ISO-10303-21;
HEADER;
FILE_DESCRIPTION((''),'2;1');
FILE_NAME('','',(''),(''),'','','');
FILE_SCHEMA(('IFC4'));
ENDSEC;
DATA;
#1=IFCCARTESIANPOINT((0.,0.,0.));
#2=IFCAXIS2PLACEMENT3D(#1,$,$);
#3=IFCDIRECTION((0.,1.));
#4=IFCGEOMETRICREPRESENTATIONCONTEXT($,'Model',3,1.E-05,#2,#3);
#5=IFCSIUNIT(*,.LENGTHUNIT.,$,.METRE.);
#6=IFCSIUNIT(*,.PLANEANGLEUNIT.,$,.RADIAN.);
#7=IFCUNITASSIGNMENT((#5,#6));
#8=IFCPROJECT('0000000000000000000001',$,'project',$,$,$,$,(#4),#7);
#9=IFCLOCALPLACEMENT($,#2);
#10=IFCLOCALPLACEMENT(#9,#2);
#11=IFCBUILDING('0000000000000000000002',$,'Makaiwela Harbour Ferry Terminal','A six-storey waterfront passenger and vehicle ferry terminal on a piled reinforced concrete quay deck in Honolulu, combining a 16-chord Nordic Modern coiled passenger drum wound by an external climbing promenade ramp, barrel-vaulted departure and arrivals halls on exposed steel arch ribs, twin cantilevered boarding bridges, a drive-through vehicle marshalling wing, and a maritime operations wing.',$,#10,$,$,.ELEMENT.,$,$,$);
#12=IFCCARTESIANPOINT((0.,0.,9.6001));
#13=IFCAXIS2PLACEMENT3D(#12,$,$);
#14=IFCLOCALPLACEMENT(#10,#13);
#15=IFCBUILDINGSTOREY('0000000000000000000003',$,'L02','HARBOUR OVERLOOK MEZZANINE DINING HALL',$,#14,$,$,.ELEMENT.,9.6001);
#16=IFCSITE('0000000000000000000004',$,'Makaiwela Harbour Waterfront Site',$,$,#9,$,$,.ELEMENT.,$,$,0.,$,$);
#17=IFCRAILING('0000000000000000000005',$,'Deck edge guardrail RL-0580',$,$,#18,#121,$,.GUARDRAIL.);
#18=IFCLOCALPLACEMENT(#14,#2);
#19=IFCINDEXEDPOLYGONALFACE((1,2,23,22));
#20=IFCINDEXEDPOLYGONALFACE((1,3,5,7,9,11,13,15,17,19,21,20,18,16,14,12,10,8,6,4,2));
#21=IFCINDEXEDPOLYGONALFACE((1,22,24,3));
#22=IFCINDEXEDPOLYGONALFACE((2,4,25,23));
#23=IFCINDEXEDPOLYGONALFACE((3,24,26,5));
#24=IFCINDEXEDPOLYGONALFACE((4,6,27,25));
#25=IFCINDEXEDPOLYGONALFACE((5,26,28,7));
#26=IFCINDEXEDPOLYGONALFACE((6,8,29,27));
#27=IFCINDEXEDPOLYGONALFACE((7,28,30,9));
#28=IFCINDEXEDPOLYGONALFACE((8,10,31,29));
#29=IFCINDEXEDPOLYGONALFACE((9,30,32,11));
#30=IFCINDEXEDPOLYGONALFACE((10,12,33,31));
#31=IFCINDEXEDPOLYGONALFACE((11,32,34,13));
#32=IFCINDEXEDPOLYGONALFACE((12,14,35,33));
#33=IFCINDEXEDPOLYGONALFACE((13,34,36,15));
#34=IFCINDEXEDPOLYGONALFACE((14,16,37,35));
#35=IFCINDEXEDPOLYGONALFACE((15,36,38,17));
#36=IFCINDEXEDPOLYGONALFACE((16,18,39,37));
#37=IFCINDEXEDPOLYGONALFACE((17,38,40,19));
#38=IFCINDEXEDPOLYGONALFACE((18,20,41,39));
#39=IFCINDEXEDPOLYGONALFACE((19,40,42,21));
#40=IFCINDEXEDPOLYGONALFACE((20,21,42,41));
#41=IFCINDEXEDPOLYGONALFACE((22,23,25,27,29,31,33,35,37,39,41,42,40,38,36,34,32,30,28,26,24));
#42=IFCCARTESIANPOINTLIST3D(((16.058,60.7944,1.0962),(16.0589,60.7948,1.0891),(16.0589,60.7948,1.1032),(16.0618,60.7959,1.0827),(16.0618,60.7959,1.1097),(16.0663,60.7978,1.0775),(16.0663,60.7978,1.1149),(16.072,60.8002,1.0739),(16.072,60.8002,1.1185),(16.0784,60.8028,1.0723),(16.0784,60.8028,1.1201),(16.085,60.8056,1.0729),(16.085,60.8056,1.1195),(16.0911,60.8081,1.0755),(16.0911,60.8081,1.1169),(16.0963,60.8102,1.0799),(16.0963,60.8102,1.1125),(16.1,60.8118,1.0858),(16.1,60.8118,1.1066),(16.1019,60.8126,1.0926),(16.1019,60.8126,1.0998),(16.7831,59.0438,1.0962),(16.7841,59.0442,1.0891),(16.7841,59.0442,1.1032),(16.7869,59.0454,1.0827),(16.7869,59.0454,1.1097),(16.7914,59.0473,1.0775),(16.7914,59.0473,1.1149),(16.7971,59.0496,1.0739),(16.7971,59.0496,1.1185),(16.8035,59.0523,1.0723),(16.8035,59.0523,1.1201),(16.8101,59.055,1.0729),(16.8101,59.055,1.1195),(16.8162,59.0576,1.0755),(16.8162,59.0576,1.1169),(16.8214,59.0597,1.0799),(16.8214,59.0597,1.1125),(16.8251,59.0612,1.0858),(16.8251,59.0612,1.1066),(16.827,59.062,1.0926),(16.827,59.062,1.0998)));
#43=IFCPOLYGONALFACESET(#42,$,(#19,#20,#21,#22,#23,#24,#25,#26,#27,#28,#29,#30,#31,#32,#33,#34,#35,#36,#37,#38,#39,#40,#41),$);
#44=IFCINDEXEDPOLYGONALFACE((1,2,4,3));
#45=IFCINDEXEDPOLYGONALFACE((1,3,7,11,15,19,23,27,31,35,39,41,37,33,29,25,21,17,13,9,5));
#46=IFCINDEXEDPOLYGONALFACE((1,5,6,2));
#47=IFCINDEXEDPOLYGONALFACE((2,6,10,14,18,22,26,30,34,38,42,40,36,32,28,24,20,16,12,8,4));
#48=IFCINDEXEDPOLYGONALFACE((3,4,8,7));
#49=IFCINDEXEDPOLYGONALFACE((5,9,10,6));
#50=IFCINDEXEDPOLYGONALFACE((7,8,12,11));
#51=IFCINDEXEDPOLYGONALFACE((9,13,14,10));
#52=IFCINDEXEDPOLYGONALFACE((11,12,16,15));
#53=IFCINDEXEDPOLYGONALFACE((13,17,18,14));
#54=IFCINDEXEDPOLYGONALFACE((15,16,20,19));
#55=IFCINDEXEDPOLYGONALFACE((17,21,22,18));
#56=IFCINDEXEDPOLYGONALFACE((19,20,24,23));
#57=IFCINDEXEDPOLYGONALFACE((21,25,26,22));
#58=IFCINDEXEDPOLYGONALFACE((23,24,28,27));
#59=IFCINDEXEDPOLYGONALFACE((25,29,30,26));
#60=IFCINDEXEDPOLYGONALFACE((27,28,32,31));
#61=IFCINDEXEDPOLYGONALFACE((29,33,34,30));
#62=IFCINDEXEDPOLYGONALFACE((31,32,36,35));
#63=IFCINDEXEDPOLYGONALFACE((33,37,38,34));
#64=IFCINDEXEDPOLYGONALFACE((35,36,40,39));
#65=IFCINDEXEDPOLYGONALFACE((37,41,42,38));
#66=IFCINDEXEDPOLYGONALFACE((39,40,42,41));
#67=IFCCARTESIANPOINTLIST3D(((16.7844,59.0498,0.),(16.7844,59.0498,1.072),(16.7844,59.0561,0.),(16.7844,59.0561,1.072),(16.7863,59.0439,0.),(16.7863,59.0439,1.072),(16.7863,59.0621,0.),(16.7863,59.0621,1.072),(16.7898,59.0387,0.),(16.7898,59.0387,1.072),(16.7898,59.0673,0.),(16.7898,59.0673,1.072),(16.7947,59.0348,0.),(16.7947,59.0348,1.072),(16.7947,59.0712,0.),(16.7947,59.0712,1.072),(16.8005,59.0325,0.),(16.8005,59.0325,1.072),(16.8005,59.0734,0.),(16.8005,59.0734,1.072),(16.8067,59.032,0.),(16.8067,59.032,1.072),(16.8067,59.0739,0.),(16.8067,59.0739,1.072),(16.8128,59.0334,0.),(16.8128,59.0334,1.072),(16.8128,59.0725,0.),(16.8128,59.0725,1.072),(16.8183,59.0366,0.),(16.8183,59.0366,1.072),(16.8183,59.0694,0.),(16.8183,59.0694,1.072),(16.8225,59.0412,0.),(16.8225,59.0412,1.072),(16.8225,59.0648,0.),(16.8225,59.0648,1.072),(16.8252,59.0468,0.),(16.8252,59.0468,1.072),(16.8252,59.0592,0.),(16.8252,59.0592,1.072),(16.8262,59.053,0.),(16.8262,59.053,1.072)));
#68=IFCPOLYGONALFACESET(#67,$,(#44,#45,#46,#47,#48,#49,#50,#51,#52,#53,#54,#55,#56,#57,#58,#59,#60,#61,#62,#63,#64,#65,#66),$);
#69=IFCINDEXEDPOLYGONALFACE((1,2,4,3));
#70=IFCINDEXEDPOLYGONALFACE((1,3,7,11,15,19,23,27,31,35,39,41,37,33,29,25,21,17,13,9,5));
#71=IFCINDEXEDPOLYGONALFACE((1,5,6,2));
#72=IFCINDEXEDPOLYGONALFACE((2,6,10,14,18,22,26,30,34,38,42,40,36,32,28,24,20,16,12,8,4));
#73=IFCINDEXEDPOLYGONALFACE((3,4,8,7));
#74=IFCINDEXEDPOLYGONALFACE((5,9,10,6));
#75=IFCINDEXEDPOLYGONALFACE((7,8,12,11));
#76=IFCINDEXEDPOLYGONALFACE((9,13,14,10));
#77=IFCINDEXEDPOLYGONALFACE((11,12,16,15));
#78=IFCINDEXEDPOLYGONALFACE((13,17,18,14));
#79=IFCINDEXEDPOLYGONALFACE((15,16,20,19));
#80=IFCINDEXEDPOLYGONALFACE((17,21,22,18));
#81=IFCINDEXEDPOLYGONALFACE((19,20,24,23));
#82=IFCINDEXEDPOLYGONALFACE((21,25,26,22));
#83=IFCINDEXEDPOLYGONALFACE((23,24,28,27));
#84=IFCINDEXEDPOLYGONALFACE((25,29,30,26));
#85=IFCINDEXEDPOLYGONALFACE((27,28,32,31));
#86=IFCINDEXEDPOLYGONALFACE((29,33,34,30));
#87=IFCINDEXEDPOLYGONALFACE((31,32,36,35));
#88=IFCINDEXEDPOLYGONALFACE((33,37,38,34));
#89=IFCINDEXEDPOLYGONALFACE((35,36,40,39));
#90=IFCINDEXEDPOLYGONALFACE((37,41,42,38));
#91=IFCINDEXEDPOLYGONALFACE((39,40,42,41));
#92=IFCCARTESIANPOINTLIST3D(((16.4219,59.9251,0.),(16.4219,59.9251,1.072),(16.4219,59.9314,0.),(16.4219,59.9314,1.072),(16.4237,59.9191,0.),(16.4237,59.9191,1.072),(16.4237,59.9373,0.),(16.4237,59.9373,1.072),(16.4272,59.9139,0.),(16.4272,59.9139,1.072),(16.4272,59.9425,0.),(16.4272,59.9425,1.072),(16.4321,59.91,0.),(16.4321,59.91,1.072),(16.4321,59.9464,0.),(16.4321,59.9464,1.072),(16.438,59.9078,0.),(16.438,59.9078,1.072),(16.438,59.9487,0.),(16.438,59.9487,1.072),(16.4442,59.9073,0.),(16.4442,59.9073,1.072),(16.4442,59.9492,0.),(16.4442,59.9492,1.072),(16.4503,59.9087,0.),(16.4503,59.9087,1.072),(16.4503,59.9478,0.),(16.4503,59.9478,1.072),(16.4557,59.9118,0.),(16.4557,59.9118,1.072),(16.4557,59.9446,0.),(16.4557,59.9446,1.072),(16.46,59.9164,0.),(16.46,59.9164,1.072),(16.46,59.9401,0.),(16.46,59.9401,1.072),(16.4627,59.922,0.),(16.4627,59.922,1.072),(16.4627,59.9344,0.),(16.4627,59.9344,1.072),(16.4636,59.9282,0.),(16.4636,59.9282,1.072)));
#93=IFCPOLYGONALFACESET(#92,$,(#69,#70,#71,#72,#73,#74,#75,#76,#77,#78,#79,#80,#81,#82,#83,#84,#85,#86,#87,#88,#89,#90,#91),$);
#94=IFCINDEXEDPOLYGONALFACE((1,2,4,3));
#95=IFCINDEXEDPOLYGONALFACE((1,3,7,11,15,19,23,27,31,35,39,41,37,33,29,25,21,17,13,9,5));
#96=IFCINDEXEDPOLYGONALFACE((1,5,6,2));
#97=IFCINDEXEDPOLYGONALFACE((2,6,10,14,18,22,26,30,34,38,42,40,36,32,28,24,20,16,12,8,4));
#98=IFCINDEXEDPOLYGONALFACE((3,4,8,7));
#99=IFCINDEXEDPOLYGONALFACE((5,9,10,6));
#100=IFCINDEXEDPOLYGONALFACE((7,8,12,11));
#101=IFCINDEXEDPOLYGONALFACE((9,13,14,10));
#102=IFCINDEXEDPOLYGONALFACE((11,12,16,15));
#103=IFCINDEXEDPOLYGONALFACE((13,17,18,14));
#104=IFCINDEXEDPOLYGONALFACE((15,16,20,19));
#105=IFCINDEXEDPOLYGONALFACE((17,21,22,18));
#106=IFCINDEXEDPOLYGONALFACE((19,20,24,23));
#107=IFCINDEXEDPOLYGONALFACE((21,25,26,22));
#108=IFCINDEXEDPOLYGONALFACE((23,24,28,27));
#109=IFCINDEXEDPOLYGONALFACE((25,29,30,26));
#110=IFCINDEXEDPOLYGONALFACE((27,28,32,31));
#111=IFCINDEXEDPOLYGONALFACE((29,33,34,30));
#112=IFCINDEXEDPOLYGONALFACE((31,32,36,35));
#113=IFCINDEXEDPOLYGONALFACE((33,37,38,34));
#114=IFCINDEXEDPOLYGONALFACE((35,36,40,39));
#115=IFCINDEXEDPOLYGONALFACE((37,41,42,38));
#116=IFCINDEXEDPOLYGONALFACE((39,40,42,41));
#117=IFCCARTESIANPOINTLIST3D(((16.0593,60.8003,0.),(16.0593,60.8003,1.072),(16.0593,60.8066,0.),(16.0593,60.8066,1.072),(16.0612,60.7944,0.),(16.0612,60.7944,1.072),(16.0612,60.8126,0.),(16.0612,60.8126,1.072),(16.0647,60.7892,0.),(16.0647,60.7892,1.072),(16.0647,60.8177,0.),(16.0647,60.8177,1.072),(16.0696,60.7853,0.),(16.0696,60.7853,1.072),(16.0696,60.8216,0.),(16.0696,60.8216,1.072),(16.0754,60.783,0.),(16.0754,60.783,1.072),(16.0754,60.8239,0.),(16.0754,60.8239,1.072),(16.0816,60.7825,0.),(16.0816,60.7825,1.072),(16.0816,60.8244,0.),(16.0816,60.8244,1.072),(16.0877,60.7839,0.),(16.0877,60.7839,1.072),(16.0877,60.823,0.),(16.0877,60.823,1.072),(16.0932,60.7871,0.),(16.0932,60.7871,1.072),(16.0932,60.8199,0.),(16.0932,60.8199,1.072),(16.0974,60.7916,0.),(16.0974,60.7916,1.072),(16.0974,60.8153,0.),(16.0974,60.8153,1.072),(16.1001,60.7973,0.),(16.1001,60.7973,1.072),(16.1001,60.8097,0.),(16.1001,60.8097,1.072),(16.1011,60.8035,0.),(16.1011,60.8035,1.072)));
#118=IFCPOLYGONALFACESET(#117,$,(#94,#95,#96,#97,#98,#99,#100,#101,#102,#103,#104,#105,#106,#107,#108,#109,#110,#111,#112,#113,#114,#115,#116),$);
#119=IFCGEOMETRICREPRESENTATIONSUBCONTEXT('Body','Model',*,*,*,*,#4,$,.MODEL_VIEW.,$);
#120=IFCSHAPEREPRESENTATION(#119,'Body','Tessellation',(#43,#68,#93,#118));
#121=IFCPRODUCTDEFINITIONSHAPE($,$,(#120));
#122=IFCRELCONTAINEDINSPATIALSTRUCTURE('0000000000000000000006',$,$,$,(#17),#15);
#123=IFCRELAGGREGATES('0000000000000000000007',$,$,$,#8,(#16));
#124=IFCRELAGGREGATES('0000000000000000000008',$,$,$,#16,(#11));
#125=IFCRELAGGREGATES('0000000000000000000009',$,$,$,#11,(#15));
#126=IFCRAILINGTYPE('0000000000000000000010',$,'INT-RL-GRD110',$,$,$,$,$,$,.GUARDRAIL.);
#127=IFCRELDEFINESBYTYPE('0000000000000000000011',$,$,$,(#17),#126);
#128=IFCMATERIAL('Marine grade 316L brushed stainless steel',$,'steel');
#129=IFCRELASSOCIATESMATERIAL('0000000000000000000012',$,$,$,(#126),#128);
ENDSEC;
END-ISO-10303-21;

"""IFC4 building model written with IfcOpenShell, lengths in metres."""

from ifc_helpers import new_model, si_unit, direction, frame, origin, origin_2d, place, context, subcontext, project, spatial, circle, extrude, material, type_object, element, save


model = new_model("IFC4")

# Units and contexts
model_context = context("Model", 3, precision=1e-05, world=origin(), true_north=direction((0.0, 1.0)))
body_context = subcontext(model_context, "Body", "Model", "MODEL_VIEW")
ifc_project = project(units=[si_unit("LENGTHUNIT", "METRE"), si_unit("PLANEANGLEUNIT", "RADIAN")], contexts=[model_context])

# Site, building, storey
site_placement = place(None, origin())
site = spatial("IfcSite", under=ifc_project, at=site_placement, Name="Makaiwela Harbour Waterfront Site", CompositionType="ELEMENT", RefElevation=0.0)
building_placement = place(site_placement, origin())
building = spatial("IfcBuilding", under=site, at=building_placement, Name="Makaiwela Harbour Ferry Terminal", Description="A six-storey waterfront passenger and vehicle ferry terminal on a piled reinforced concrete quay deck in Honolulu, combining a 16-chord Nordic Modern coiled passenger drum wound by an external climbing promenade ramp, barrel-vaulted departure and arrivals halls on exposed steel arch ribs, twin cantilevered boarding bridges, a drive-through vehicle marshalling wing, and a maritime operations wing.", CompositionType="ELEMENT")
storey_placement = place(building_placement, frame((0.0, 0.0, 9.6001)))
storey = spatial("IfcBuildingStorey", under=building, at=storey_placement, Name="L02", Description="HARBOUR OVERLOOK MEZZANINE DINING HALL", CompositionType="ELEMENT", Elevation=9.6001)

# Railing
ifc_material_1 = material(Name="Marine grade 316L brushed stainless steel", Category="steel")
railing_type = type_object("IfcRailingType", Name="INT-RL-GRD110", PredefinedType="GUARDRAIL", material=ifc_material_1)
railing_1_placement = place(storey_placement, frame((16.8052, 59.053, 0.0)))
element("IfcRailing", 1, at=railing_1_placement, inside=storey, type_object=railing_type, Name="Deck edge guardrail RL-0580", PredefinedType="GUARDRAIL", context=body_context, shape_type="SweptSolid", body=[
    extrude(circle(Radius=0.0239, at=origin_2d()), frame((0.0, 0.0, 1.0962), z_axis=(-0.382693, 0.923875, 0.0), x_axis=(-0.923875, -0.382693, 0.0)), (0.0, 0.0, 1.0), 1.8948),
    extrude(circle(Radius=0.021, at=origin_2d()), origin(), (0.0, 0.0, 1.0), 1.072),
    extrude(circle(Radius=0.021, at=origin_2d()), frame((-0.3625, 0.8752, 0.0)), (0.0, 0.0, 1.0), 1.072),
    extrude(circle(Radius=0.021, at=origin_2d()), frame((-0.7251, 1.7505, 0.0)), (0.0, 0.0, 1.0), 1.072),
])

save(model, "model.ifc")
